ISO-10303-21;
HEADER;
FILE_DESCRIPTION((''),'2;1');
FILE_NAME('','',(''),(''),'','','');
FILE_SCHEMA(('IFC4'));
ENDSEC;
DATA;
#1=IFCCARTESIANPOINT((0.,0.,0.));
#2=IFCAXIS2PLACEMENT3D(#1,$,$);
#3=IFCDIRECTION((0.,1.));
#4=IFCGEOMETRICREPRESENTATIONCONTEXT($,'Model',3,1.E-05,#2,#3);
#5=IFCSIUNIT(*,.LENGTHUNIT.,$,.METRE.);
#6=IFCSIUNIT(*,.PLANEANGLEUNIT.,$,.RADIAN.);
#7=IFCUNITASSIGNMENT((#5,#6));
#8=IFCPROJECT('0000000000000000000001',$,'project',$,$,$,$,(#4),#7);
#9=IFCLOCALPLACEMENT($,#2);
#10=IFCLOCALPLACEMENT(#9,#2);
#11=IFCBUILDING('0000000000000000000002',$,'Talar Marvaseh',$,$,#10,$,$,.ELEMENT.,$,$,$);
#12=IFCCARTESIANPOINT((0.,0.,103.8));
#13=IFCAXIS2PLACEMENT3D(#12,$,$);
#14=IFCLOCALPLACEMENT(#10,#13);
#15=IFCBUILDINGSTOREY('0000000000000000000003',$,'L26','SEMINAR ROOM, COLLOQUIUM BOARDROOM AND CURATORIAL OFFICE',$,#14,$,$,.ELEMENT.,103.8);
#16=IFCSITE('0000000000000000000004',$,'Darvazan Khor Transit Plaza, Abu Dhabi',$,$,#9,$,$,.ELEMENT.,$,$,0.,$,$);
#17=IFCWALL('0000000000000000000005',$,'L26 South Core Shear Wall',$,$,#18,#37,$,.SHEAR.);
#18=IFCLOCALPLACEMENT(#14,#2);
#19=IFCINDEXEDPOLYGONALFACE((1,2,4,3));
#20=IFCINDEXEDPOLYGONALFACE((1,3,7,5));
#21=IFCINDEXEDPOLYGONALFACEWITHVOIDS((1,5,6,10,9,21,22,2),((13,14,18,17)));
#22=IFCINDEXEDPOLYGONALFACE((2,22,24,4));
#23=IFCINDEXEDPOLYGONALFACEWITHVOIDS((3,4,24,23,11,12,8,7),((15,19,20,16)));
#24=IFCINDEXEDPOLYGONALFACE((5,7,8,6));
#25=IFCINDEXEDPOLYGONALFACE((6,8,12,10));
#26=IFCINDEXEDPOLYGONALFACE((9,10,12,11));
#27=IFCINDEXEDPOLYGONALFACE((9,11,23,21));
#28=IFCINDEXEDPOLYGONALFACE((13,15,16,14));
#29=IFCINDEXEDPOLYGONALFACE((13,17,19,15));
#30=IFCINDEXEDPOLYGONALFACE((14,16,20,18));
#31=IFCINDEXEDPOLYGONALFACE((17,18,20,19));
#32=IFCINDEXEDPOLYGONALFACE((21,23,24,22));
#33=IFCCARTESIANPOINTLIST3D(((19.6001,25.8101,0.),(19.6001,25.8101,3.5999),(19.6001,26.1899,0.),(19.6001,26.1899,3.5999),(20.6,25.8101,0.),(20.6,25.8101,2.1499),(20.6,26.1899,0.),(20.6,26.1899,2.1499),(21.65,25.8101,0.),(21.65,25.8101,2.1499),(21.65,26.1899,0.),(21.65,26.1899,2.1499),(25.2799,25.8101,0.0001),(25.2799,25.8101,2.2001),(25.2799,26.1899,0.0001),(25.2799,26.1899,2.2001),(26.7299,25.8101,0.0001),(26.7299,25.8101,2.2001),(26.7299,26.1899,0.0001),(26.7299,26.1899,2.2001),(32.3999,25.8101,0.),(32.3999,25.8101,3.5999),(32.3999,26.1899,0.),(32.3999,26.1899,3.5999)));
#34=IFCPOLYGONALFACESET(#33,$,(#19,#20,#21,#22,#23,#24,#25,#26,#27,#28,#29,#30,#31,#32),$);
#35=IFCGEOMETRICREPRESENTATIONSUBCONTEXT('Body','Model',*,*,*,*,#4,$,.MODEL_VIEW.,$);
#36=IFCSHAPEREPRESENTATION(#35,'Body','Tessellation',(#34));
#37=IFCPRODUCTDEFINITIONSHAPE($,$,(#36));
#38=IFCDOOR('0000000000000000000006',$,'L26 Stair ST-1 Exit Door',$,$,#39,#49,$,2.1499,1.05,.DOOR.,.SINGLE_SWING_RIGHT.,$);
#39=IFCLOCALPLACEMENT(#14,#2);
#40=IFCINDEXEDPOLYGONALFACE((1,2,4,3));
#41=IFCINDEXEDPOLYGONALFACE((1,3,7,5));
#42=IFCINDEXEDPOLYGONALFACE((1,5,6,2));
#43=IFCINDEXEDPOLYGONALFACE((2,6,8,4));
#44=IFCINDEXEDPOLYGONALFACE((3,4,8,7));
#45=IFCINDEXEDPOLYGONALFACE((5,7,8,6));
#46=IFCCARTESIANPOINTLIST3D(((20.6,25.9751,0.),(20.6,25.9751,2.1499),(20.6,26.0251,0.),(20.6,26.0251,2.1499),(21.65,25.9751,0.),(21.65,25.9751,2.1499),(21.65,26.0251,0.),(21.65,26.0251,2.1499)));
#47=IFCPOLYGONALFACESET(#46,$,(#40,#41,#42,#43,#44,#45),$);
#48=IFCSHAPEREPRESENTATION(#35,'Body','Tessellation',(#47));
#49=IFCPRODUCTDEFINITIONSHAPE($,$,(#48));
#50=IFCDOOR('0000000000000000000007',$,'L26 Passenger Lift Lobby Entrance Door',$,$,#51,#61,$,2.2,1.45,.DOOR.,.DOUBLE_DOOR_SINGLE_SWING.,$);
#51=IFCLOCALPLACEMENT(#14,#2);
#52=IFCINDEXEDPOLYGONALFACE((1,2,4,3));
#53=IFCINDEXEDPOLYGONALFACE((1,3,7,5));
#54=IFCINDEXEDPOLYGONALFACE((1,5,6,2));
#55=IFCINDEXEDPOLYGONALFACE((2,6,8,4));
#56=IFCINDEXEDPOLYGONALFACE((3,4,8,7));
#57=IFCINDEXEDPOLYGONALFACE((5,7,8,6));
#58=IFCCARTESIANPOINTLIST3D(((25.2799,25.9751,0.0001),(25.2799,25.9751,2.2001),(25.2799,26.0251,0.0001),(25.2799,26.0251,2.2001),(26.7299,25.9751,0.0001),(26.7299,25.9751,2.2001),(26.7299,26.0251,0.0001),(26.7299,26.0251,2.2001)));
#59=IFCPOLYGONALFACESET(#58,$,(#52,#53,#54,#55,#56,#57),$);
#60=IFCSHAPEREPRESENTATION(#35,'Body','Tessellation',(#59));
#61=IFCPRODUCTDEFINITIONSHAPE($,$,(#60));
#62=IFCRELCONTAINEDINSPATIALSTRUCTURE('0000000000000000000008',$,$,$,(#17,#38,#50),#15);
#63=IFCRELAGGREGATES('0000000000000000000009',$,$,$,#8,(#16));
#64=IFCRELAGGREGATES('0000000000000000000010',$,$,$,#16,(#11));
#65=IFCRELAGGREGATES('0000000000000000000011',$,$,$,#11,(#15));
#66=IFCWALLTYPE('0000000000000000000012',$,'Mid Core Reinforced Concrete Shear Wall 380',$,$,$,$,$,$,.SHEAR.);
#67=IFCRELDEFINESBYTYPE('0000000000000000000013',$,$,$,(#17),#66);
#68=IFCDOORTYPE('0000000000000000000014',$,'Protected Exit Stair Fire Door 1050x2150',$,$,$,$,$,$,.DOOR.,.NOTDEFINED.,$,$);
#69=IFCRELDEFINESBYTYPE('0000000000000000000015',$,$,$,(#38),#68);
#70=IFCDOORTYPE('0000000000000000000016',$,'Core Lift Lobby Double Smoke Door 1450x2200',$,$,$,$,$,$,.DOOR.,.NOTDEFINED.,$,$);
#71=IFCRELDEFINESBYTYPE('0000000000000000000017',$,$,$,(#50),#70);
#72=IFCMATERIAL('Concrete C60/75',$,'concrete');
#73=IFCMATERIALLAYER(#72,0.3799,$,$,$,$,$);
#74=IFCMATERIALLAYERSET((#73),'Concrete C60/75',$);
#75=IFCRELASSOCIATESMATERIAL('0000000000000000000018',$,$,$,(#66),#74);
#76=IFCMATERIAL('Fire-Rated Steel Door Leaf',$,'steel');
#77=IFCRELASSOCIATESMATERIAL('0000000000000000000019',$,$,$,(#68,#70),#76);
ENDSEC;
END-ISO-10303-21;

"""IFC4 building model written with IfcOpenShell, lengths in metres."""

from ifc_helpers import new_model, si_unit, direction, frame, frame_2d, origin, place, context, subcontext, project, spatial, rectangle, extrude, source, transform, mapped, material, layer, layer_set, type_object, type_shapes, element, fill, save


model = new_model("IFC4")

# Units and contexts
model_context = context("Model", 3, precision=1e-05, world=origin(), true_north=direction((0.0, 1.0)))
body_context = subcontext(model_context, "Body", "Model", "MODEL_VIEW")
ifc_project = project(units=[si_unit("LENGTHUNIT", "METRE"), si_unit("PLANEANGLEUNIT", "RADIAN")], contexts=[model_context])

# Site, building, storey
site_placement = place(None, origin())
site = spatial("IfcSite", under=ifc_project, at=site_placement, Name="Darvazan Khor Transit Plaza, Abu Dhabi", CompositionType="ELEMENT", RefElevation=0.0)
building_placement = place(site_placement, origin())
building = spatial("IfcBuilding", under=site, at=building_placement, Name="Talar Marvaseh", CompositionType="ELEMENT")
storey_placement = place(building_placement, frame((0.0, 0.0, 103.8)))
storey = spatial("IfcBuildingStorey", under=building, at=storey_placement, Name="L26", Description="SEMINAR ROOM, COLLOQUIUM BOARDROOM AND CURATORIAL OFFICE", CompositionType="ELEMENT", Elevation=103.8)

# Shared definitions
ifc_material_1 = material(Name="Concrete C60/75", Category="concrete")

# Wall, openings, doors
ifc_layer_1 = layer(ifc_material_1, 0.3799)
ifc_layer_set_1 = layer_set([ifc_layer_1], Name="Concrete C60/75")
wall_type_1 = type_object("IfcWallType", Name="Mid Core Reinforced Concrete Shear Wall 380", PredefinedType="SHEAR", material=ifc_layer_set_1)
wall_1_placement = place(storey_placement, frame((32.3999, 26.0, 0.0), z_axis=(0.0, 0.0, 1.0), x_axis=(-1.0, 0.0, 0.0)))
wall_1 = element("IfcWall", 1, at=wall_1_placement, inside=storey, type_object=wall_type_1, Name="L26 South Core Shear Wall", PredefinedType="SHEAR", context=body_context, shape_type="SweptSolid", body=[
    extrude(rectangle(XDim=12.7998, YDim=0.3799, at=frame_2d((6.3999, 0.0))), origin(), (0.0, 0.0, 1.0), 3.5999),
])
opening_1_placement = place(wall_1_placement, frame((10.75, 0.0, 0.0)))
opening_1 = element("IfcOpeningElement", 2, at=opening_1_placement, cuts=wall_1, PredefinedType="OPENING", context=body_context, shape_type="SweptSolid", body=[
    extrude(rectangle(XDim=1.05, YDim=2.1499, at=frame_2d((0.5249, 1.075))), frame((0.0, 0.2, 0.0), z_axis=(0.0, -1.0, 0.0), x_axis=(1.0, 0.0, 0.0)), (0.0, 0.0, 1.0), 0.3999),
])
opening_2_placement = place(wall_1_placement, frame((5.6699, 0.0, 0.0)))
opening_2 = element("IfcOpeningElement", 3, at=opening_2_placement, cuts=wall_1, PredefinedType="OPENING", context=body_context, shape_type="SweptSolid", body=[
    extrude(rectangle(XDim=1.45, YDim=2.2, at=frame_2d((0.7251, 1.1001))), frame((0.0, 0.2, 0.0), z_axis=(0.0, -1.0, 0.0), x_axis=(1.0, 0.0, 0.0)), (0.0, 0.0, 1.0), 0.3999),
])
ifc_material_2 = material(Name="Fire-Rated Steel Door Leaf", Category="steel")
door_type_1 = type_object("IfcDoorType", Name="Protected Exit Stair Fire Door 1050x2150", OperationType="NOTDEFINED", PredefinedType="DOOR", material=ifc_material_2)
shared_shape_1 = source(origin(), body_context, "Body", "SweptSolid", [
    extrude(rectangle(XDim=1.05, YDim=2.1499, at=frame_2d((0.5249, 1.075))), frame((0.0, 0.0249, 0.0), z_axis=(0.0, -1.0, 0.0), x_axis=(1.0, 0.0, 0.0)), (0.0, 0.0, 1.0), 0.05),
])
type_shapes(door_type_1, [shared_shape_1])
door_1_placement = place(opening_1_placement, origin())
door_1 = element("IfcDoor", 4, at=door_1_placement, inside=storey, type_object=door_type_1, Name="L26 Stair ST-1 Exit Door", OperationType="SINGLE_SWING_RIGHT", OverallHeight=2.1499, OverallWidth=1.05, PredefinedType="DOOR", context=body_context, shape_type="MappedRepresentation", body=[
    mapped(shared_shape_1, transform((0.0, 0.0, 0.0), x_axis=(1.0, 0.0, 0.0), y_axis=(0.0, 1.0, 0.0), z_axis=(0.0, 0.0, 1.0), scale=1.0)),
])
fill(opening_1, door_1)
door_type_2 = type_object("IfcDoorType", Name="Core Lift Lobby Double Smoke Door 1450x2200", OperationType="NOTDEFINED", PredefinedType="DOOR", material=ifc_material_2)
shared_shape_2 = source(origin(), body_context, "Body", "SweptSolid", [
    extrude(rectangle(XDim=1.45, YDim=2.2, at=frame_2d((0.7251, 1.1001))), frame((0.0, 0.0249, 0.0), z_axis=(0.0, -1.0, 0.0), x_axis=(1.0, 0.0, 0.0)), (0.0, 0.0, 1.0), 0.05),
])
type_shapes(door_type_2, [shared_shape_2])
door_2_placement = place(opening_2_placement, origin())
door_2 = element("IfcDoor", 5, at=door_2_placement, inside=storey, type_object=door_type_2, Name="L26 Passenger Lift Lobby Entrance Door", OperationType="DOUBLE_DOOR_SINGLE_SWING", OverallHeight=2.2, OverallWidth=1.45, PredefinedType="DOOR", context=body_context, shape_type="MappedRepresentation", body=[
    mapped(shared_shape_2, transform((0.0, 0.0, 0.0), x_axis=(1.0, 0.0, 0.0), y_axis=(0.0, 1.0, 0.0), z_axis=(0.0, 0.0, 1.0), scale=1.0)),
])
fill(opening_2, door_2)

save(model, "model.ifc")
